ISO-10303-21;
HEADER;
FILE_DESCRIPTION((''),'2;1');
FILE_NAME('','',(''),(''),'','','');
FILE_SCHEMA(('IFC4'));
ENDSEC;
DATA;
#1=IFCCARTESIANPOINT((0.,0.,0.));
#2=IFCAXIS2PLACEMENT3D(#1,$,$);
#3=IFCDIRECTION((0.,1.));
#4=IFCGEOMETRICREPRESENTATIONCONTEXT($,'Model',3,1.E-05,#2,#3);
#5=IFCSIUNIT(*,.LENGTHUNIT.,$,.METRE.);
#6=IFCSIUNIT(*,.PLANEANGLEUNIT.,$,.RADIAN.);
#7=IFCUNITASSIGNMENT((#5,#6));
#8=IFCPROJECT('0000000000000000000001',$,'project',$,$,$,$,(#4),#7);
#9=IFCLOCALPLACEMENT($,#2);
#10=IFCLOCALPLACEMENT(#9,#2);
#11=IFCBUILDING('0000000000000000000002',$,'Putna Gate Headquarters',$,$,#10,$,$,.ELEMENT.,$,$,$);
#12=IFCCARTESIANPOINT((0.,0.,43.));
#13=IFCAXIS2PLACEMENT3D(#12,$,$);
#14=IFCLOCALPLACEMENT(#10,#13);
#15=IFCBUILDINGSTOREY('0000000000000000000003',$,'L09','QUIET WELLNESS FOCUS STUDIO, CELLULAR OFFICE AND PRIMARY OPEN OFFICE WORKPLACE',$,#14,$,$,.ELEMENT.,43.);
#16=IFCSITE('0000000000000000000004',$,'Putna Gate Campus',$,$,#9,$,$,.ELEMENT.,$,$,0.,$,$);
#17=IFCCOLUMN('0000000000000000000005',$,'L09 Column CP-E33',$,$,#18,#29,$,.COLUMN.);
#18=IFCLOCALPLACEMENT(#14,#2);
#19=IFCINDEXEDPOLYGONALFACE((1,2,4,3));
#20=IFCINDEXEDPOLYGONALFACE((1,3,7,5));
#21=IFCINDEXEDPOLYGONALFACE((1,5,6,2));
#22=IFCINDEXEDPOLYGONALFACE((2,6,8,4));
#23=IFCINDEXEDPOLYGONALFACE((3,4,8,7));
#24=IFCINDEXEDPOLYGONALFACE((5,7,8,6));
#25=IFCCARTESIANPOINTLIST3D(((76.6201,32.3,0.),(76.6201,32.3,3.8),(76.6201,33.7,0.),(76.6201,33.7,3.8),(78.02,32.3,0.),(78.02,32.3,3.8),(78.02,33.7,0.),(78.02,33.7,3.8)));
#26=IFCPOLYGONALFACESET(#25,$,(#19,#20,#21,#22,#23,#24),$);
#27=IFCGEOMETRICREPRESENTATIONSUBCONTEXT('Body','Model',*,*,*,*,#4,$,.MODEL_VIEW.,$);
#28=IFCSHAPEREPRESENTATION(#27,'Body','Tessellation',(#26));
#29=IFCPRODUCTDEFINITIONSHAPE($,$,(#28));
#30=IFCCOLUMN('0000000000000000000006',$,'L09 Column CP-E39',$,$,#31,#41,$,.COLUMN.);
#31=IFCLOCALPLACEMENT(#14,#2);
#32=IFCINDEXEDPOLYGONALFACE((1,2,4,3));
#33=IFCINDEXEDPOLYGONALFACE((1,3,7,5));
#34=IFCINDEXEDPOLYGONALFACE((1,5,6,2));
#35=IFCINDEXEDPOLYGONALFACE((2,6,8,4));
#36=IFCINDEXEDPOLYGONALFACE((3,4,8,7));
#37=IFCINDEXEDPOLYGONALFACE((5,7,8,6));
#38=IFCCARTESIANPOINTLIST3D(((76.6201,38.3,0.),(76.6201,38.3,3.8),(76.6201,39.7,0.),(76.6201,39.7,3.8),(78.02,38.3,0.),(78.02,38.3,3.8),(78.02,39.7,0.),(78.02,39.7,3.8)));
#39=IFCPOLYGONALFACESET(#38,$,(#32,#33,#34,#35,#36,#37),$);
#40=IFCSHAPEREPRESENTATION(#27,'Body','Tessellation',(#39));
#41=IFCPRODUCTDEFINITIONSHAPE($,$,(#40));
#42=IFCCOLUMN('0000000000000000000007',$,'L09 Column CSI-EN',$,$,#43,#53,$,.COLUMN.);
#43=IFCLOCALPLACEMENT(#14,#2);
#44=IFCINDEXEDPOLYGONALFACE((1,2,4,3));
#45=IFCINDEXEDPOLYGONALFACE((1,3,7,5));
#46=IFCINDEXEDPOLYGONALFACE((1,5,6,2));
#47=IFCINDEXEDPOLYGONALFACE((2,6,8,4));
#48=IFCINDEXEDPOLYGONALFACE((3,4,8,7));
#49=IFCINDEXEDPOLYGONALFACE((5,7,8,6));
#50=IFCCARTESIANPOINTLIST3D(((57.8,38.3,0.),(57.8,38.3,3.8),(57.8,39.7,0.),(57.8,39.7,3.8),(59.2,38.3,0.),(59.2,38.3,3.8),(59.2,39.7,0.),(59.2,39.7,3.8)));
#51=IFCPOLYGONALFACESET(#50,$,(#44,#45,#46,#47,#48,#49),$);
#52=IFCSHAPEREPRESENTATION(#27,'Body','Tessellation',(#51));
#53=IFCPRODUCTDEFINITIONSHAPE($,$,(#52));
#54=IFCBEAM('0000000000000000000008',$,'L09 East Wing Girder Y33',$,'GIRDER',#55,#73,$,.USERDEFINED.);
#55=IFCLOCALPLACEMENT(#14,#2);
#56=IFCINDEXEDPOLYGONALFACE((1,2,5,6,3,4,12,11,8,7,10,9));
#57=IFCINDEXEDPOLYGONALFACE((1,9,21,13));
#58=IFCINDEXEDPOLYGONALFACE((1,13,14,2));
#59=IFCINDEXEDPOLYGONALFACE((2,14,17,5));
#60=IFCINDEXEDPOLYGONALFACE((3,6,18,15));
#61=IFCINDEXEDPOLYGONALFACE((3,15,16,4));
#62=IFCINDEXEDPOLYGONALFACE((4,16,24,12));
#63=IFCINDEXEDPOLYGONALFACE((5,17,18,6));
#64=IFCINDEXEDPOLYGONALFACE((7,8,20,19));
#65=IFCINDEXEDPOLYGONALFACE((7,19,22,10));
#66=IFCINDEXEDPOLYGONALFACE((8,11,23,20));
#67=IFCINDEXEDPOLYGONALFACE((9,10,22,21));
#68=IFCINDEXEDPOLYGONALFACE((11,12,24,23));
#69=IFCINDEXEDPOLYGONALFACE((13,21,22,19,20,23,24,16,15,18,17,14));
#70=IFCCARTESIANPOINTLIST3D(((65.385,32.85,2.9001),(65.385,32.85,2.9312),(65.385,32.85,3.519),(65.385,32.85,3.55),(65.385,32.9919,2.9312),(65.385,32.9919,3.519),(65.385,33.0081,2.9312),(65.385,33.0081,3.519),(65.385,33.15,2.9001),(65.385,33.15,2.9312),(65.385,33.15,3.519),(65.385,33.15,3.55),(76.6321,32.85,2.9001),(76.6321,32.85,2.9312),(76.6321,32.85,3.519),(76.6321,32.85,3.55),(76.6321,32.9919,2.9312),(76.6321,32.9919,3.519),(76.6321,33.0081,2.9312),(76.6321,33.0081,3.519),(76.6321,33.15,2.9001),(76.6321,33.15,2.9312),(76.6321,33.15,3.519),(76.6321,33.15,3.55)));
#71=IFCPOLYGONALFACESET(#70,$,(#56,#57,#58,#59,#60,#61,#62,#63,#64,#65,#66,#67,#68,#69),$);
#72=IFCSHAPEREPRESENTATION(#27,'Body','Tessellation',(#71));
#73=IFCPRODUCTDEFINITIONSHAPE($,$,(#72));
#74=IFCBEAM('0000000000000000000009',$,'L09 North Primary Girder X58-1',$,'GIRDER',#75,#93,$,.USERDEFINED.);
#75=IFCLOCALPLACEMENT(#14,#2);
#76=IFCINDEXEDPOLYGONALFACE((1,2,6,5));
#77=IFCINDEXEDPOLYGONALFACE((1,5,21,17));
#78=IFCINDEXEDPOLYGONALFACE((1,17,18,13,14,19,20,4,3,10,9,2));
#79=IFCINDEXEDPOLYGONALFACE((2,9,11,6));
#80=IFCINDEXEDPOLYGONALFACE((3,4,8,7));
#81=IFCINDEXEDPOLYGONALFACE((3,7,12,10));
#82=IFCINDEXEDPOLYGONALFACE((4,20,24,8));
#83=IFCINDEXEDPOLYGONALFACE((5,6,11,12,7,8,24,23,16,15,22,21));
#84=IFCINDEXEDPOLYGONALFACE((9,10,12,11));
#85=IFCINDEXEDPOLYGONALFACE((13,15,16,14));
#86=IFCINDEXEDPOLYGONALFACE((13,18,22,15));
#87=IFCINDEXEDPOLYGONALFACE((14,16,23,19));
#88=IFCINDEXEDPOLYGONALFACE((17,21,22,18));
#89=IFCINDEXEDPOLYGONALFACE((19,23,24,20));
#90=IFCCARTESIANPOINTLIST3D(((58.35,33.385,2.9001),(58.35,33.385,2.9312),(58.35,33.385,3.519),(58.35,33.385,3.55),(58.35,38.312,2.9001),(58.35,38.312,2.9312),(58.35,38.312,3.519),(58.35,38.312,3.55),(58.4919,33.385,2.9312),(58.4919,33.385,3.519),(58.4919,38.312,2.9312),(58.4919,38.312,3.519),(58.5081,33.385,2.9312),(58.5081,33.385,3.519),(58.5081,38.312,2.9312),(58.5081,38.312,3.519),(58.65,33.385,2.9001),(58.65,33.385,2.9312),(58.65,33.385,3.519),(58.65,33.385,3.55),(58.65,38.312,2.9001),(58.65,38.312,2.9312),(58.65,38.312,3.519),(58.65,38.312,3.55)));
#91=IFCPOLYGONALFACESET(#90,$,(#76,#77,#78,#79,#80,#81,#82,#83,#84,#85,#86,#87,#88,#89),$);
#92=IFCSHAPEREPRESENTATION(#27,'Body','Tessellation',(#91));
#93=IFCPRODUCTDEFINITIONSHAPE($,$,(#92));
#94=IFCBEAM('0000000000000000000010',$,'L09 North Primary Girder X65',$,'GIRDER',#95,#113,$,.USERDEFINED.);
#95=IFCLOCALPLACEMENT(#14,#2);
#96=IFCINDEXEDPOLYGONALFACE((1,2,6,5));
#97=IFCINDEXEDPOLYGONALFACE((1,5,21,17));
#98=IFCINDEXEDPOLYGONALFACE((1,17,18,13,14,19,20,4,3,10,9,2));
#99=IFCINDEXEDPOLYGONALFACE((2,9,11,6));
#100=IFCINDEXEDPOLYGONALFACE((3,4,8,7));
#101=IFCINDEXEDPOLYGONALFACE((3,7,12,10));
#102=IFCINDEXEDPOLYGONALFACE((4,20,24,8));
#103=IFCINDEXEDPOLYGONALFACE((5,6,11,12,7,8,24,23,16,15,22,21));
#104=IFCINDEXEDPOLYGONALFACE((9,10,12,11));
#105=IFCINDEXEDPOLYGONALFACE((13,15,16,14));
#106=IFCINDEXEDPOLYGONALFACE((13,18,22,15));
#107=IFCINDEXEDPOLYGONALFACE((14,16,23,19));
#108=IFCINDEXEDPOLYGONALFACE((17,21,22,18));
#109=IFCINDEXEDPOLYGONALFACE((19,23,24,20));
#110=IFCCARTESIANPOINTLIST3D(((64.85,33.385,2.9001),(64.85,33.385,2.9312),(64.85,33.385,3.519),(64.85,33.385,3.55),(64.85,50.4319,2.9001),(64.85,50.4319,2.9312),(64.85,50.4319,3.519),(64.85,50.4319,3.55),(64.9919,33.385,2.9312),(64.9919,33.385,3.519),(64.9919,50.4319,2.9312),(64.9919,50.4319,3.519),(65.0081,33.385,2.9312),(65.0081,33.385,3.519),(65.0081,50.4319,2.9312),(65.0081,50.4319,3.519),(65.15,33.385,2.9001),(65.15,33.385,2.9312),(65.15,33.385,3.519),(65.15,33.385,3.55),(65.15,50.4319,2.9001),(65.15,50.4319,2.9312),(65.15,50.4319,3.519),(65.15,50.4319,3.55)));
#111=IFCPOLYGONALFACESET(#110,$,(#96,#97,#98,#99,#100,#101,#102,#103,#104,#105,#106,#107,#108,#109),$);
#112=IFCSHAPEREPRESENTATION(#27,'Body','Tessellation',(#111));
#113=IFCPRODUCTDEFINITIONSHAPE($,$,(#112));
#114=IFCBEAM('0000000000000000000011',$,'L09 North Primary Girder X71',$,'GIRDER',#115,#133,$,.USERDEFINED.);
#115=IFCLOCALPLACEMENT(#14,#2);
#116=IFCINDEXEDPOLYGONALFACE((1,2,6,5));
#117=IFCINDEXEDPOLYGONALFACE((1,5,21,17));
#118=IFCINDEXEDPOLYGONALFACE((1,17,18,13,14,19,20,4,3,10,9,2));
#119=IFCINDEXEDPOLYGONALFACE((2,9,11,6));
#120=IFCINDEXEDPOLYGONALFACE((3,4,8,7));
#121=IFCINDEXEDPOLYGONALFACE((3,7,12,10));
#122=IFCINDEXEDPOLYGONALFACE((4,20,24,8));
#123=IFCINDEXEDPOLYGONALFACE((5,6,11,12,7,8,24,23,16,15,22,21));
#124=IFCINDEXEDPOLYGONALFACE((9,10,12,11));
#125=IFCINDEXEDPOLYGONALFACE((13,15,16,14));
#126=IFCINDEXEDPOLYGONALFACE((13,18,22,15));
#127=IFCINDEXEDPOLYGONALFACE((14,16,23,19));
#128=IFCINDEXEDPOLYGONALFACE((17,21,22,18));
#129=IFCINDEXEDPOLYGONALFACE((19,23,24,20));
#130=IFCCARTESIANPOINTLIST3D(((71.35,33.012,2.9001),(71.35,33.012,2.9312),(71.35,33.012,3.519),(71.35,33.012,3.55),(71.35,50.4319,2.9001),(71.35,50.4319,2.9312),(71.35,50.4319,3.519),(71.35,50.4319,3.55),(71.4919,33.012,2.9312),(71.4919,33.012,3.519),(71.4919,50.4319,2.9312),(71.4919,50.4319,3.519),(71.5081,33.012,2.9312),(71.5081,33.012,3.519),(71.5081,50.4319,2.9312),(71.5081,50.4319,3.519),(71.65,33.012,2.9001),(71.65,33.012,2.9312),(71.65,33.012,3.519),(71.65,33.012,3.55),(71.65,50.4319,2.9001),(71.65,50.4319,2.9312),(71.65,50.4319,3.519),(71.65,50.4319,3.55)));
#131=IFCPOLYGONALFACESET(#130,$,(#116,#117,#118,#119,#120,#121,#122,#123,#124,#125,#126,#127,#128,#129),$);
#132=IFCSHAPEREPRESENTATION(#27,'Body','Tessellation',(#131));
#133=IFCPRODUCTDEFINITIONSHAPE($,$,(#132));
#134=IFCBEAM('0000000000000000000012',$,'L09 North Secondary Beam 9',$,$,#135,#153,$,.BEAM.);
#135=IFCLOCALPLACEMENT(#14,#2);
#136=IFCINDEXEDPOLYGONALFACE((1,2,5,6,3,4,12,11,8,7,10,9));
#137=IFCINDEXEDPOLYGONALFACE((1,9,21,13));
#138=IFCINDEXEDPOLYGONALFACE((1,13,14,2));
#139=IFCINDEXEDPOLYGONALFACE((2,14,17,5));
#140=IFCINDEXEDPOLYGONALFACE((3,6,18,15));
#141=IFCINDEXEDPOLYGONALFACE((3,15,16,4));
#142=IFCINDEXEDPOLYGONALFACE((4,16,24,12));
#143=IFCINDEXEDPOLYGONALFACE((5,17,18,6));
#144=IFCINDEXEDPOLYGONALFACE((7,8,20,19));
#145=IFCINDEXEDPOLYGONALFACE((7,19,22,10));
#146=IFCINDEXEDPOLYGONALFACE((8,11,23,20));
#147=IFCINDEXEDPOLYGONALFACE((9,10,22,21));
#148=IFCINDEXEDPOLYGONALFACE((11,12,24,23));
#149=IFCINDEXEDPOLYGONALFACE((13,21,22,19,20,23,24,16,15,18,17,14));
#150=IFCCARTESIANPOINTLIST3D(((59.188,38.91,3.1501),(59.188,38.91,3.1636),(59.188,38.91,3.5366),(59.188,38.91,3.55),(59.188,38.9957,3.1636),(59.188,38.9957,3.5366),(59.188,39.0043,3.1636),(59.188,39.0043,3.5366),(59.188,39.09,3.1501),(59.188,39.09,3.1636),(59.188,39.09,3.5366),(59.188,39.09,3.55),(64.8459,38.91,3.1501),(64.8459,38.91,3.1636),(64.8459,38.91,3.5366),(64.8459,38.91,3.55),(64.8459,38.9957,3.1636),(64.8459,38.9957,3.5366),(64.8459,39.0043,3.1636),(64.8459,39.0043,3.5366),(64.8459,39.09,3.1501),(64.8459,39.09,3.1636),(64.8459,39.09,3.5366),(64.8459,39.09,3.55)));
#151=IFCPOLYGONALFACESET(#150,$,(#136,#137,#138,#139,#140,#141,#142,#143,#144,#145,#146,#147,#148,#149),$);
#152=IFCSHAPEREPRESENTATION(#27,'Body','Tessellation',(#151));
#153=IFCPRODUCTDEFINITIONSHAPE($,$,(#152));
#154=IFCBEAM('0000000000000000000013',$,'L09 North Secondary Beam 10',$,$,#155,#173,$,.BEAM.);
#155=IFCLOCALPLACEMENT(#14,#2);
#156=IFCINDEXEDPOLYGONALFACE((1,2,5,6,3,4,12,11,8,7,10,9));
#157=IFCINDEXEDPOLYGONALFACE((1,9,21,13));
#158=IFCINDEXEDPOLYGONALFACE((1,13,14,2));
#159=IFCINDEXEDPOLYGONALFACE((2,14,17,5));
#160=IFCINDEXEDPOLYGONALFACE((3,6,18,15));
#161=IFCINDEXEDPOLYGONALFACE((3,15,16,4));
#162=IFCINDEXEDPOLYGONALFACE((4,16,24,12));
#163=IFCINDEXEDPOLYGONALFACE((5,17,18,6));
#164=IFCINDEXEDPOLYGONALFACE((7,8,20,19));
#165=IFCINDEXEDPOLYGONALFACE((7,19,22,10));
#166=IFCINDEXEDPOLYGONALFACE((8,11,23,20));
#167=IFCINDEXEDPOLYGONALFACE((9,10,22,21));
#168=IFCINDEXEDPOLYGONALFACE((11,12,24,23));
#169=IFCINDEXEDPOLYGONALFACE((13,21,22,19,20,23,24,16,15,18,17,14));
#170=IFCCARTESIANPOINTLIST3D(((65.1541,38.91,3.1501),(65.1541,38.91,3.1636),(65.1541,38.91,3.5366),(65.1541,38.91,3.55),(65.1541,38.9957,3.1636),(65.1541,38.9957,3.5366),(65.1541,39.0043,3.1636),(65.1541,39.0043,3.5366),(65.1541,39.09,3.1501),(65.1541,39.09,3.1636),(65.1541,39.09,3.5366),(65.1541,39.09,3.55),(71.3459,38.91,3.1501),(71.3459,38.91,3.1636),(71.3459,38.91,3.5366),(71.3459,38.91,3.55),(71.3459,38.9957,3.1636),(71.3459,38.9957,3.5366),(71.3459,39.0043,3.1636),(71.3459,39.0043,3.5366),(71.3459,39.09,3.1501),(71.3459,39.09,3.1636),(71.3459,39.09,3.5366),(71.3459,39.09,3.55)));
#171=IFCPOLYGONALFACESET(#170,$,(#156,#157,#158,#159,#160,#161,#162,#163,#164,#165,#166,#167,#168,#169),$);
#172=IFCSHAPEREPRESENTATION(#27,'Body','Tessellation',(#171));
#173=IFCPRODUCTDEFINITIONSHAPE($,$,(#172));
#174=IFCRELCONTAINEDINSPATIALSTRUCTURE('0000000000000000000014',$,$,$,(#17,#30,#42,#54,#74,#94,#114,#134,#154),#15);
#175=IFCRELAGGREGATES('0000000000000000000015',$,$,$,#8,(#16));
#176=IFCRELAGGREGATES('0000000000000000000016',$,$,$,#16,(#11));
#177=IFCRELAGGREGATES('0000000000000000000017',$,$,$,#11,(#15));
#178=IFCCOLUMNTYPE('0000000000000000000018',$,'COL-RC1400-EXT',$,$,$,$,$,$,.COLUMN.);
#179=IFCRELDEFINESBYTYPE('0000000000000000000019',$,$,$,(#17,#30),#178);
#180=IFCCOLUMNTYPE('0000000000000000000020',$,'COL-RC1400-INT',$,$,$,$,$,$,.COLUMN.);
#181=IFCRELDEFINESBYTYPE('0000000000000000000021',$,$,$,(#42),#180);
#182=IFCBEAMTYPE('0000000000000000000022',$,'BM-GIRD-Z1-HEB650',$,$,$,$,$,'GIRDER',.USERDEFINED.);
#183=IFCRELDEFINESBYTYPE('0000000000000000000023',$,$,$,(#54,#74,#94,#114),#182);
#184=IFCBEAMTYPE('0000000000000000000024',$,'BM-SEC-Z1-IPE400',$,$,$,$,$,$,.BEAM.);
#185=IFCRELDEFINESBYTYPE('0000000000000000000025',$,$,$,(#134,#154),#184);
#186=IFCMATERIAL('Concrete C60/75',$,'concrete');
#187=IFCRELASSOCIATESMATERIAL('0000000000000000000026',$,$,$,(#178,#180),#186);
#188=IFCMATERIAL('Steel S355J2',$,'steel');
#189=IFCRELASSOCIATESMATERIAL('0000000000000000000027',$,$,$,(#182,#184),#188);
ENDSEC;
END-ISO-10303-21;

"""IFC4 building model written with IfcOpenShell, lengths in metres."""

from ifc_helpers import new_model, si_unit, direction, frame, origin, origin_2d, place, context, subcontext, project, spatial, rectangle, i_section, extrude, material, material_profile, profile_set, type_object, element, save


model = new_model("IFC4")

# Units and contexts
model_context = context("Model", 3, precision=1e-05, world=origin(), true_north=direction((0.0, 1.0)))
body_context = subcontext(model_context, "Body", "Model", "MODEL_VIEW")
ifc_project = project(units=[si_unit("LENGTHUNIT", "METRE"), si_unit("PLANEANGLEUNIT", "RADIAN")], contexts=[model_context])

# Site, building, storey
site_placement = place(None, origin())
site = spatial("IfcSite", under=ifc_project, at=site_placement, Name="Putna Gate Campus", CompositionType="ELEMENT", RefElevation=0.0)
building_placement = place(site_placement, origin())
building = spatial("IfcBuilding", under=site, at=building_placement, Name="Putna Gate Headquarters", CompositionType="ELEMENT")
storey_placement = place(building_placement, frame((0.0, 0.0, 43.0)))
storey = spatial("IfcBuildingStorey", under=building, at=storey_placement, Name="L09", Description="QUIET WELLNESS FOCUS STUDIO, CELLULAR OFFICE AND PRIMARY OPEN OFFICE WORKPLACE", CompositionType="ELEMENT", Elevation=43.0)

# Columns
ifc_material_1 = material(Name="Concrete C60/75", Category="concrete")
ifc_material_profile_1 = material_profile(ifc_material_1, rectangle(XDim=1.3999, YDim=1.3999, at=origin_2d()), Name="Concrete C60/75")
ifc_profile_set_1 = profile_set([ifc_material_profile_1], Name="Concrete C60/75")
column_type_1 = type_object("IfcColumnType", Name="COL-RC1400-EXT", PredefinedType="COLUMN", material=ifc_profile_set_1)
for number, where, z_axis, x_axis, name in (
    (1, (77.3201, 33.0, 0.0), (0.0, 0.0, 1.0), (1.0, 0.0, 0.0), "L09 Column CP-E33"),
    (2, (77.3201, 39.0, 0.0), (0.0, 0.0, 1.0), (1.0, 0.0, 0.0), "L09 Column CP-E39"),
):
    element("IfcColumn", number, at=place(storey_placement, frame(where, z_axis=z_axis, x_axis=x_axis)), inside=storey, type_object=column_type_1, Name=name, PredefinedType="COLUMN", context=body_context, shape_type="SweptSolid", body=[
        extrude(rectangle(XDim=1.3999, YDim=1.3999, at=origin_2d()), origin(), (0.0, 0.0, 1.0), 3.8),
    ])
ifc_material_profile_2 = material_profile(ifc_material_1, rectangle(XDim=1.3999, YDim=1.3999, at=origin_2d()), Name="Concrete C60/75")
ifc_profile_set_2 = profile_set([ifc_material_profile_2], Name="Concrete C60/75")
column_type_2 = type_object("IfcColumnType", Name="COL-RC1400-INT", PredefinedType="COLUMN", material=ifc_profile_set_2)
column_placement = place(storey_placement, frame((58.5, 39.0, 0.0), z_axis=(0.0, 0.0, 1.0), x_axis=(1.0, 0.0, 0.0)))
element("IfcColumn", 3, at=column_placement, inside=storey, type_object=column_type_2, Name="L09 Column CSI-EN", PredefinedType="COLUMN", context=body_context, shape_type="SweptSolid", body=[
    extrude(rectangle(XDim=1.3999, YDim=1.3999, at=origin_2d()), origin(), (0.0, 0.0, 1.0), 3.8),
])

# Beams
ifc_material_2 = material(Name="Steel S355J2", Category="steel")
ifc_material_profile_3 = material_profile(ifc_material_2, i_section(OverallWidth=0.3, OverallDepth=0.6499, WebThickness=0.0161, FlangeThickness=0.031, at=origin_2d()), Name="Steel S355J2")
ifc_profile_set_3 = profile_set([ifc_material_profile_3], Name="Steel S355J2")
beam_type_1 = type_object("IfcBeamType", Name="BM-GIRD-Z1-HEB650", ElementType="GIRDER", PredefinedType="USERDEFINED", material=ifc_profile_set_3)
beam_1_placement = place(storey_placement, frame((65.385, 33.0, 3.2251), z_axis=(1.0, 0.0, 0.0), x_axis=(0.0, 1.0, 0.0)))
element("IfcBeam", 4, at=beam_1_placement, inside=storey, type_object=beam_type_1, Name="L09 East Wing Girder Y33", ObjectType="GIRDER", PredefinedType="USERDEFINED", context=body_context, shape_type="SweptSolid", body=[
    extrude(i_section(OverallWidth=0.3, OverallDepth=0.6499, WebThickness=0.0161, FlangeThickness=0.031, at=origin_2d()), origin(), (0.0, 0.0, 1.0), 11.2471),
])
beam_2_placement = place(storey_placement, frame((58.5, 33.385, 3.2251), z_axis=(0.0, 1.0, 0.0), x_axis=(-1.0, 0.0, 0.0)))
element("IfcBeam", 5, at=beam_2_placement, inside=storey, type_object=beam_type_1, Name="L09 North Primary Girder X58-1", ObjectType="GIRDER", PredefinedType="USERDEFINED", context=body_context, shape_type="SweptSolid", body=[
    extrude(i_section(OverallWidth=0.3, OverallDepth=0.6499, WebThickness=0.0161, FlangeThickness=0.031, at=origin_2d()), origin(), (0.0, 0.0, 1.0), 4.927),
])
beam_3_placement = place(storey_placement, frame((65.0, 33.385, 3.2251), z_axis=(0.0, 1.0, 0.0), x_axis=(-1.0, 0.0, 0.0)))
element("IfcBeam", 6, at=beam_3_placement, inside=storey, type_object=beam_type_1, Name="L09 North Primary Girder X65", ObjectType="GIRDER", PredefinedType="USERDEFINED", context=body_context, shape_type="SweptSolid", body=[
    extrude(i_section(OverallWidth=0.3, OverallDepth=0.6499, WebThickness=0.0161, FlangeThickness=0.031, at=origin_2d()), origin(), (0.0, 0.0, 1.0), 17.0469),
])
beam_4_placement = place(storey_placement, frame((71.5, 33.012, 3.2251), z_axis=(0.0, 1.0, 0.0), x_axis=(-1.0, 0.0, 0.0)))
element("IfcBeam", 7, at=beam_4_placement, inside=storey, type_object=beam_type_1, Name="L09 North Primary Girder X71", ObjectType="GIRDER", PredefinedType="USERDEFINED", context=body_context, shape_type="SweptSolid", body=[
    extrude(i_section(OverallWidth=0.3, OverallDepth=0.6499, WebThickness=0.0161, FlangeThickness=0.031, at=origin_2d()), origin(), (0.0, 0.0, 1.0), 17.4199),
])
ifc_material_profile_4 = material_profile(ifc_material_2, i_section(OverallWidth=0.1799, OverallDepth=0.3999, WebThickness=0.0085, FlangeThickness=0.0134, at=origin_2d()), Name="Steel S355J2")
ifc_profile_set_4 = profile_set([ifc_material_profile_4], Name="Steel S355J2")
beam_type_2 = type_object("IfcBeamType", Name="BM-SEC-Z1-IPE400", PredefinedType="BEAM", material=ifc_profile_set_4)
beam_5_placement = place(storey_placement, frame((59.188, 39.0, 3.3501), z_axis=(1.0, 0.0, 0.0), x_axis=(0.0, 1.0, 0.0)))
element("IfcBeam", 8, at=beam_5_placement, inside=storey, type_object=beam_type_2, Name="L09 North Secondary Beam 9", PredefinedType="BEAM", context=body_context, shape_type="SweptSolid", body=[
    extrude(i_section(OverallWidth=0.1799, OverallDepth=0.3999, WebThickness=0.0085, FlangeThickness=0.0134, at=origin_2d()), origin(), (0.0, 0.0, 1.0), 5.658),
])
beam_6_placement = place(storey_placement, frame((65.1541, 39.0, 3.3501), z_axis=(1.0, 0.0, 0.0), x_axis=(0.0, 1.0, 0.0)))
element("IfcBeam", 9, at=beam_6_placement, inside=storey, type_object=beam_type_2, Name="L09 North Secondary Beam 10", PredefinedType="BEAM", context=body_context, shape_type="SweptSolid", body=[
    extrude(i_section(OverallWidth=0.1799, OverallDepth=0.3999, WebThickness=0.0085, FlangeThickness=0.0134, at=origin_2d()), origin(), (0.0, 0.0, 1.0), 6.1919),
])

save(model, "model.ifc")
